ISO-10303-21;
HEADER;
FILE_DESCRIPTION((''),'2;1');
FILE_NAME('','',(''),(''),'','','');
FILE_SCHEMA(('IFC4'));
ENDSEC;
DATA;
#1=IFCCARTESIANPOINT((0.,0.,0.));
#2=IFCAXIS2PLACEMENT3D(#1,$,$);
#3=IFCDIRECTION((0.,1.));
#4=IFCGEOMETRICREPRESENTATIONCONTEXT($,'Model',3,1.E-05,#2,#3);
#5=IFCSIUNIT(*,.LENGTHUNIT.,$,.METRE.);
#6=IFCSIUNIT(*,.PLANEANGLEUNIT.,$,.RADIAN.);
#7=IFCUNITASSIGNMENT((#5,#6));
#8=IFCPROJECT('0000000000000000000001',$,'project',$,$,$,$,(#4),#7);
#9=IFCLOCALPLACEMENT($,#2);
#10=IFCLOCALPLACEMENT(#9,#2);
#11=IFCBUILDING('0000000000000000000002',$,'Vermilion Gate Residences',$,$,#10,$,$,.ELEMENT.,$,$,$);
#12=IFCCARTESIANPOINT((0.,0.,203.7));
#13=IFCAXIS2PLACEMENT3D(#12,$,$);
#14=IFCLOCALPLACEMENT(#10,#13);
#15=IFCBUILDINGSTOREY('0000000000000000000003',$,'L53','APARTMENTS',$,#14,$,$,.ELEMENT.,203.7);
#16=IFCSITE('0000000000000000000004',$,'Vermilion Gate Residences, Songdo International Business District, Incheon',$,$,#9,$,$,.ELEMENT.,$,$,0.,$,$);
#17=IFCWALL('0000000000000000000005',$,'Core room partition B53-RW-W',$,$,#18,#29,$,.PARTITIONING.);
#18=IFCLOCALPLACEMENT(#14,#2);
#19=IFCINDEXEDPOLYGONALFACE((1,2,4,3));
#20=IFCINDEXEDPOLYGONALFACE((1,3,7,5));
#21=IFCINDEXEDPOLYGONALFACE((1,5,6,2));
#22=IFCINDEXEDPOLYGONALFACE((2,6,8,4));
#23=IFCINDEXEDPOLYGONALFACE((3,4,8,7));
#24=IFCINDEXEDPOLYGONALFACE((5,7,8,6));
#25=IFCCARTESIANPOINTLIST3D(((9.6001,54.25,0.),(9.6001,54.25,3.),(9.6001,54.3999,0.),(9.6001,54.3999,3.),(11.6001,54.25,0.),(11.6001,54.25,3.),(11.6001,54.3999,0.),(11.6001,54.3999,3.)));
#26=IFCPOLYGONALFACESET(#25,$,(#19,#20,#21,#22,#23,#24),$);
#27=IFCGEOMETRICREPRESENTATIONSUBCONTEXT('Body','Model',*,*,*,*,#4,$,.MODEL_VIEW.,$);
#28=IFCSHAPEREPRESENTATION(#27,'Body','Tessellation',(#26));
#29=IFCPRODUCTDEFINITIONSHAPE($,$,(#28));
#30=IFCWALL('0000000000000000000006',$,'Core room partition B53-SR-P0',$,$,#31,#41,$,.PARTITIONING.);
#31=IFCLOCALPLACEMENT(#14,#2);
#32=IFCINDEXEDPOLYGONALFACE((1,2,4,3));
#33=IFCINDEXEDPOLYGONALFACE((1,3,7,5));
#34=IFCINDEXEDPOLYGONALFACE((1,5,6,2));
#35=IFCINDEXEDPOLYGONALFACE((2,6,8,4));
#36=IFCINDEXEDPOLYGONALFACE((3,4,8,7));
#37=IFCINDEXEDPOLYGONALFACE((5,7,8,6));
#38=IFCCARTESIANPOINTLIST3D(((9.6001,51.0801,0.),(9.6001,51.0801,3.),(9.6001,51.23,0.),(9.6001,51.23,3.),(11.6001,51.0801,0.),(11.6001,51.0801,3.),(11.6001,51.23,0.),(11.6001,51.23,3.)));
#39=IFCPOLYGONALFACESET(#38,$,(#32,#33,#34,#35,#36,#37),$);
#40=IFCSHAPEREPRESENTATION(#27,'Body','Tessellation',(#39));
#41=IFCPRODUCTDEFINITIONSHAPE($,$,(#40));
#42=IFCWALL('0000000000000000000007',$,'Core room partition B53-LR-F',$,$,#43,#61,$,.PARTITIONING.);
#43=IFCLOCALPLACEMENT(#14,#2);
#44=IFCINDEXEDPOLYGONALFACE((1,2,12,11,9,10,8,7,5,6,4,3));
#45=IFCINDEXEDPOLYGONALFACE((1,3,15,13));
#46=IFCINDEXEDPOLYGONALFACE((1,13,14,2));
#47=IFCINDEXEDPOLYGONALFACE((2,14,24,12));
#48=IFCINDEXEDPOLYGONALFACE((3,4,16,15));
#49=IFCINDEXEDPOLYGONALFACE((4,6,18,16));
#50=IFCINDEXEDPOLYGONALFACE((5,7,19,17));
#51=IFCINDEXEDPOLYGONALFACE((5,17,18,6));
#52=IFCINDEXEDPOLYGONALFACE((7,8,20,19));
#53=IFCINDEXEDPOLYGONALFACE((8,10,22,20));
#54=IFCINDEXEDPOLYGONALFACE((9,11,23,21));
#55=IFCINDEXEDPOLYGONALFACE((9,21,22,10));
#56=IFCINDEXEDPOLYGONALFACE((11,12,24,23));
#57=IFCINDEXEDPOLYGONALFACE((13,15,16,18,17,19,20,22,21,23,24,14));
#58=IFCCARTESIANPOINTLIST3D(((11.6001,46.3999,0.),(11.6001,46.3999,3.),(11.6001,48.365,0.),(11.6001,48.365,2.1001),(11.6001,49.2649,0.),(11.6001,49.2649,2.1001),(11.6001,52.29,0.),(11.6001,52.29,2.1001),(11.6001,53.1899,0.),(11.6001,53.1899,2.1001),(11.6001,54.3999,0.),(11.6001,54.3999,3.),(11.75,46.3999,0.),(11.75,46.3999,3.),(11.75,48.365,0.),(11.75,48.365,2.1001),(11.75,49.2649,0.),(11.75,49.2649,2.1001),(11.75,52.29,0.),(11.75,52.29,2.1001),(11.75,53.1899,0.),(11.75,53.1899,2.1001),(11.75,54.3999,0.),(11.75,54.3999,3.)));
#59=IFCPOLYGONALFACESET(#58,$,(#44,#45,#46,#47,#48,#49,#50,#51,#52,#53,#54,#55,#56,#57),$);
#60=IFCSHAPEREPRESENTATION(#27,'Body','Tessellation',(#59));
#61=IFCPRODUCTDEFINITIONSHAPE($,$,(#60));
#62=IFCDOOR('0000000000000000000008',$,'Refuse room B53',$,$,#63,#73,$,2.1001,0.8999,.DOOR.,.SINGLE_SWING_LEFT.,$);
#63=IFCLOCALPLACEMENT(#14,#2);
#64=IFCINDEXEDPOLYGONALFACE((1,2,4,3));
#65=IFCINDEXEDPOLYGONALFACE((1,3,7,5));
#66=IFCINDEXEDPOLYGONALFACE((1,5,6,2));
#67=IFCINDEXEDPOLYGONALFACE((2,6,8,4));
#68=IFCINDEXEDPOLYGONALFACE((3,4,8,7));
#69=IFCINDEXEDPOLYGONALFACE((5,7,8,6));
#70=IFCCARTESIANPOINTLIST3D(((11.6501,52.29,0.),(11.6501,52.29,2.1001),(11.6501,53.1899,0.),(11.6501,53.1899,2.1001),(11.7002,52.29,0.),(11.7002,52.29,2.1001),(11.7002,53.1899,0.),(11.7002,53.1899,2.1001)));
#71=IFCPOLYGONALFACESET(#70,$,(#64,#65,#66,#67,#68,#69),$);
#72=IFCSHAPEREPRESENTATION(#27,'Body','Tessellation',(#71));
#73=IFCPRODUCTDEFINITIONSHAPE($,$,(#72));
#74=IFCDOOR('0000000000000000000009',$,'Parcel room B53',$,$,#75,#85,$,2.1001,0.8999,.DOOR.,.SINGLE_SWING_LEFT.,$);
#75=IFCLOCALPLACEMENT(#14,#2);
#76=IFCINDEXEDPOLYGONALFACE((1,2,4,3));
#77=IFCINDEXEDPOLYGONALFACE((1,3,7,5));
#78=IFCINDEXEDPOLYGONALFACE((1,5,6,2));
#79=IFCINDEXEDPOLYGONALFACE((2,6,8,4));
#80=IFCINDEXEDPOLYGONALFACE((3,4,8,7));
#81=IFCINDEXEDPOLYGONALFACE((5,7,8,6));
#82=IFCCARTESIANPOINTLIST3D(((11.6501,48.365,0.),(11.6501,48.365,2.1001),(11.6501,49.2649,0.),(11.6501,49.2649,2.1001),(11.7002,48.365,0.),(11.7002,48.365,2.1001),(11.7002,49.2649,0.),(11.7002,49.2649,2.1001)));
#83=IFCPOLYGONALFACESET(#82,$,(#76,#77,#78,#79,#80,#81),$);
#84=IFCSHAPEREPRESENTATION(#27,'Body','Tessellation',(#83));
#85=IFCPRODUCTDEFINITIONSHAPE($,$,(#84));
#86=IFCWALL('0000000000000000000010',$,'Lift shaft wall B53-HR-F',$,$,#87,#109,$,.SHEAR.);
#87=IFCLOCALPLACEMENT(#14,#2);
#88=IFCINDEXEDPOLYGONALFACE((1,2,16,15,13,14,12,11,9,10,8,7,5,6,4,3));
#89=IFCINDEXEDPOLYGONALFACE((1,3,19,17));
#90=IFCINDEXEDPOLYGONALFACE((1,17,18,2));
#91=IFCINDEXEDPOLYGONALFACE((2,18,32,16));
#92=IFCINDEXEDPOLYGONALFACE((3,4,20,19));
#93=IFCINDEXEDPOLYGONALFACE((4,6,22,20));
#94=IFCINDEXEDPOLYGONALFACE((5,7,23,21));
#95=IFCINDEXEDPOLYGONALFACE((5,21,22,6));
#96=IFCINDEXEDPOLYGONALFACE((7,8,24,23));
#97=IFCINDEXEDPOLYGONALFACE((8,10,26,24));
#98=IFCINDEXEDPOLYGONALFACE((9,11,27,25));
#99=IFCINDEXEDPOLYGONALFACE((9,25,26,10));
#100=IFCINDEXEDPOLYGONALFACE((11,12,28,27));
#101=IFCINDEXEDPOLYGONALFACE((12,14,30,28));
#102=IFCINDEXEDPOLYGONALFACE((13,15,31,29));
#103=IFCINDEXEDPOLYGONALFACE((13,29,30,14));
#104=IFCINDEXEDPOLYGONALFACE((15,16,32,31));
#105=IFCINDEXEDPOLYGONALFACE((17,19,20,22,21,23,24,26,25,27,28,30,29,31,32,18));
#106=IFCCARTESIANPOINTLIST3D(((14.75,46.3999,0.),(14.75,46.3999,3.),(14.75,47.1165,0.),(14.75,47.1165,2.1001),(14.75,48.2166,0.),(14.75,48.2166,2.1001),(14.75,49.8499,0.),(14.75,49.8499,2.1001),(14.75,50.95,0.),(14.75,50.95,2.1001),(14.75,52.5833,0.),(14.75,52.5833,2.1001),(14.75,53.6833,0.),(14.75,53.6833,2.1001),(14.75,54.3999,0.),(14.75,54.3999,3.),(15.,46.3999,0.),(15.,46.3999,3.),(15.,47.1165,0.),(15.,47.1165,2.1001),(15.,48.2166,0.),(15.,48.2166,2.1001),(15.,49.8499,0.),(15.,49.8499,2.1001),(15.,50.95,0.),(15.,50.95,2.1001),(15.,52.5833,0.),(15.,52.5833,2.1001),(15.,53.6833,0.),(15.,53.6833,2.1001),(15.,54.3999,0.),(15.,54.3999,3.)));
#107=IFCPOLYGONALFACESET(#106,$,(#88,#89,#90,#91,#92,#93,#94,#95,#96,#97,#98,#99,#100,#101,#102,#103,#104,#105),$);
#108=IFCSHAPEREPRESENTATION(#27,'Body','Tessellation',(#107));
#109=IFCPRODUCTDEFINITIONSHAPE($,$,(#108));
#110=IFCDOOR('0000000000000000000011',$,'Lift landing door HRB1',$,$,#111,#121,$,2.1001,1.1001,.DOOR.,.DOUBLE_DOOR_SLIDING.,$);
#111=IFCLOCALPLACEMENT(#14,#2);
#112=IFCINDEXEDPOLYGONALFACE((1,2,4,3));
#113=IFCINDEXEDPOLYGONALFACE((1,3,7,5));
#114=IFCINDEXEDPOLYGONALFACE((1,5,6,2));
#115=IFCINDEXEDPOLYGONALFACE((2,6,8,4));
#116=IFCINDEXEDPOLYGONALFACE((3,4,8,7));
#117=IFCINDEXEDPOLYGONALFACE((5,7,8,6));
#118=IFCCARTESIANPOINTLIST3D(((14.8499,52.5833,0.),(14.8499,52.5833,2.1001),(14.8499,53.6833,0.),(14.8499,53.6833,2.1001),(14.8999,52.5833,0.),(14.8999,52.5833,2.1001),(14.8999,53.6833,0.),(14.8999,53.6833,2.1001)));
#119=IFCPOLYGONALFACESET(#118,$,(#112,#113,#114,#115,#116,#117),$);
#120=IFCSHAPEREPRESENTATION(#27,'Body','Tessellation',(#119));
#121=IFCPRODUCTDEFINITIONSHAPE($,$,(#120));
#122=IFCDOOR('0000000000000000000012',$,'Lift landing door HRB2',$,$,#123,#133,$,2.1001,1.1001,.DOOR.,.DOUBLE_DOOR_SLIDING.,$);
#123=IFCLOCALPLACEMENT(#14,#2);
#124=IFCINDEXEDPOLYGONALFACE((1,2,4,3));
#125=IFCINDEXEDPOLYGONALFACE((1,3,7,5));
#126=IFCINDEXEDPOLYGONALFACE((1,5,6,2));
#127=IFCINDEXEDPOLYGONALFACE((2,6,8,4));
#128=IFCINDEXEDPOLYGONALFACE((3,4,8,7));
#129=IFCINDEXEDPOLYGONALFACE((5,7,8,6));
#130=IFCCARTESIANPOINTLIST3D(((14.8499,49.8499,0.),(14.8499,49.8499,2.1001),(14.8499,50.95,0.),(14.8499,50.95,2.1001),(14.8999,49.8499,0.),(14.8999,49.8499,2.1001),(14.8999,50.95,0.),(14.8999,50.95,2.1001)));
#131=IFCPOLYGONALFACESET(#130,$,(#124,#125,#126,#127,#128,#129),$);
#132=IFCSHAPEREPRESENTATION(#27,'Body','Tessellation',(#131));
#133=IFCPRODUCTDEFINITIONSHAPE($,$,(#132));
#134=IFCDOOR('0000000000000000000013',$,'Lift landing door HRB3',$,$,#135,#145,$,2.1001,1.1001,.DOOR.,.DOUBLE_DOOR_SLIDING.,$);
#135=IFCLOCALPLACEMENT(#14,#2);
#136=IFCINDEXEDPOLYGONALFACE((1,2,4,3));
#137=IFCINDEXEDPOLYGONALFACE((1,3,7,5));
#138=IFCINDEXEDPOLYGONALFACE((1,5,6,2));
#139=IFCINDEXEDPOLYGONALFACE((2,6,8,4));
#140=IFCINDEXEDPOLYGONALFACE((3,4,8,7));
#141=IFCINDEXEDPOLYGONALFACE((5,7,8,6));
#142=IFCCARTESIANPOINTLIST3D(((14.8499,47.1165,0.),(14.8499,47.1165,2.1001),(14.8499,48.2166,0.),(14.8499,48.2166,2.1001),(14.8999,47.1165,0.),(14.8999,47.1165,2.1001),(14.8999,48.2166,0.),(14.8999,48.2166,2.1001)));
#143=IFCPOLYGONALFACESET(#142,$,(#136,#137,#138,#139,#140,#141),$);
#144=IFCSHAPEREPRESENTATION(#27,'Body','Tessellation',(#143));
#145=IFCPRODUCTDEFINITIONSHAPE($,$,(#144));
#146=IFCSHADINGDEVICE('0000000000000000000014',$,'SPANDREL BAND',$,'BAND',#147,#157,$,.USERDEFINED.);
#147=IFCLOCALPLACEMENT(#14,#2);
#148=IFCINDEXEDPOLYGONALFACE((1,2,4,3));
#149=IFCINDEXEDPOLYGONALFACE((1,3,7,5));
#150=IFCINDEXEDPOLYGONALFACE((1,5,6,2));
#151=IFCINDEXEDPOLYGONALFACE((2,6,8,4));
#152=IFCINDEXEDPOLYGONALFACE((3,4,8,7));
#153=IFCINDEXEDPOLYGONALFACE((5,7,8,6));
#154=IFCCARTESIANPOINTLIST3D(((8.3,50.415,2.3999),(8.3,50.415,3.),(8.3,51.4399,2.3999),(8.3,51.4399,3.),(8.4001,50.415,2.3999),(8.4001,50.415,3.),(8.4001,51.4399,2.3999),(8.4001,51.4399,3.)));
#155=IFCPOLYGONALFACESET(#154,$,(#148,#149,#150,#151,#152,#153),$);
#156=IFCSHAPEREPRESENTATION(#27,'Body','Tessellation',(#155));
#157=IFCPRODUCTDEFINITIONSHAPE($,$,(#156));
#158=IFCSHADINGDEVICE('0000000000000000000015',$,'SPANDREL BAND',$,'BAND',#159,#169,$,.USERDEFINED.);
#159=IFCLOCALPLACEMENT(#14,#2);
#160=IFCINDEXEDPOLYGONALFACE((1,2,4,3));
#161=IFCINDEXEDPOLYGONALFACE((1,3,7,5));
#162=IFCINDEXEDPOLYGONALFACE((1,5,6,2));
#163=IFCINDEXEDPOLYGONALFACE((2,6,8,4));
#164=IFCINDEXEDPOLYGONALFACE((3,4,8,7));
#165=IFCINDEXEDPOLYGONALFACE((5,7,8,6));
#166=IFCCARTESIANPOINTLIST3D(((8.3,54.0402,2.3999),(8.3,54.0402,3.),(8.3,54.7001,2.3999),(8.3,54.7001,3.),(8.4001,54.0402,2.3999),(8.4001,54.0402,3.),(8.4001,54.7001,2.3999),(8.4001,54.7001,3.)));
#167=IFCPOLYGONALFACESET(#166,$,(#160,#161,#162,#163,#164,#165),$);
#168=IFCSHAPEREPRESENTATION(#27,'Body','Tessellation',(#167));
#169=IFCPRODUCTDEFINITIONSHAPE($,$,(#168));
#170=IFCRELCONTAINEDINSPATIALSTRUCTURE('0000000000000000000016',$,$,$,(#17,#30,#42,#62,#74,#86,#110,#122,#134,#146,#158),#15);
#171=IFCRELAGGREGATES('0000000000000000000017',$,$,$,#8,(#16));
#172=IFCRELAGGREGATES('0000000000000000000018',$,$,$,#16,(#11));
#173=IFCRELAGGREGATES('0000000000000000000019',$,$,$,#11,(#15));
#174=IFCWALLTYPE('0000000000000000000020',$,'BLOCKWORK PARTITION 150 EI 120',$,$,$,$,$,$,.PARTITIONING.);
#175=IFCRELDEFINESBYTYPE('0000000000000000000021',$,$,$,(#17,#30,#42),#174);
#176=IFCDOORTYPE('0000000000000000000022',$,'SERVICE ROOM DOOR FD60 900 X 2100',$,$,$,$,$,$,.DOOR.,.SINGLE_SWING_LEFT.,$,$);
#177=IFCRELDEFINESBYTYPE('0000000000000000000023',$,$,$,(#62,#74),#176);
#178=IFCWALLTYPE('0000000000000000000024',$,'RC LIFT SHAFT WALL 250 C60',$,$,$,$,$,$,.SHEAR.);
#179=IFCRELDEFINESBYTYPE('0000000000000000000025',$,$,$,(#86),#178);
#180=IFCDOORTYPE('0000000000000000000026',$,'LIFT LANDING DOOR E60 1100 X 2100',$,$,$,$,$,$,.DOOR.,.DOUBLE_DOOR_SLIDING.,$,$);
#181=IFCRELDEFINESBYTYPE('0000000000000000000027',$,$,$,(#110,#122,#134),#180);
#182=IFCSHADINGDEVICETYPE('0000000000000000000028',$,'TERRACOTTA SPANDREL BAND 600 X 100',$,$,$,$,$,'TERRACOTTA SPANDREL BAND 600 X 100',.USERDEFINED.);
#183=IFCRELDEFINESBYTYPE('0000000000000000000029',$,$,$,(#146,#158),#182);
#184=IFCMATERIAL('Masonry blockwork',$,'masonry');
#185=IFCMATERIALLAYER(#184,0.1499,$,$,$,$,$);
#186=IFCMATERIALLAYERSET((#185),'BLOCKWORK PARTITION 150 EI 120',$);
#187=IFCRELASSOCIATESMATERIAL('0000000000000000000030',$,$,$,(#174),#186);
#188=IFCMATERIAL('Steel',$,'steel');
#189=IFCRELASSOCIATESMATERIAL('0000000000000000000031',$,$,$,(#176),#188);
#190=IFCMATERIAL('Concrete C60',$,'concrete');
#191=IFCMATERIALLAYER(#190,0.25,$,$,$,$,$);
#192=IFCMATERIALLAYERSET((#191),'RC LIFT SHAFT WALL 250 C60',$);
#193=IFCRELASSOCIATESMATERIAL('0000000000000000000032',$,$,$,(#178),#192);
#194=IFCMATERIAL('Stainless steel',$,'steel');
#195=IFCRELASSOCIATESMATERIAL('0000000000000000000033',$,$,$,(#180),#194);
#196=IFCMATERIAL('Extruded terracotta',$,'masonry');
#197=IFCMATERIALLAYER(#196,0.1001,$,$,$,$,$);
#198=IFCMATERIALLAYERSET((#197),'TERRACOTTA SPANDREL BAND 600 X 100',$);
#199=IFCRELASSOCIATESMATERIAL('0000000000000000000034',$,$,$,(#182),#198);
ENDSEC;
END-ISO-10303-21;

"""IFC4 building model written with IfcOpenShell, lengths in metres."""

from ifc_helpers import new_model, si_unit, direction, frame, frame_2d, origin, origin_2d, place, context, subcontext, project, spatial, rectangle, extrude, material, layer, layer_set, type_object, element, fill, save


model = new_model("IFC4")

# Units and contexts
model_context = context("Model", 3, precision=1e-05, world=origin(), true_north=direction((0.0, 1.0)))
body_context = subcontext(model_context, "Body", "Model", "MODEL_VIEW")
ifc_project = project(units=[si_unit("LENGTHUNIT", "METRE"), si_unit("PLANEANGLEUNIT", "RADIAN")], contexts=[model_context])

# Site, building, storey
site_placement = place(None, origin())
site = spatial("IfcSite", under=ifc_project, at=site_placement, Name="Vermilion Gate Residences, Songdo International Business District, Incheon", CompositionType="ELEMENT", RefElevation=0.0)
building_placement = place(site_placement, origin())
building = spatial("IfcBuilding", under=site, at=building_placement, Name="Vermilion Gate Residences", CompositionType="ELEMENT")
storey_placement = place(building_placement, frame((0.0, 0.0, 203.7)))
storey = spatial("IfcBuildingStorey", under=building, at=storey_placement, Name="L53", Description="APARTMENTS", CompositionType="ELEMENT", Elevation=203.7)

# Walls
ifc_material_1 = material(Name="Masonry blockwork", Category="masonry")
ifc_layer_1 = layer(ifc_material_1, 0.1499)
ifc_layer_set_1 = layer_set([ifc_layer_1], Name="BLOCKWORK PARTITION 150 EI 120")
wall_type_1 = type_object("IfcWallType", Name="BLOCKWORK PARTITION 150 EI 120", PredefinedType="PARTITIONING", material=ifc_layer_set_1)
for number, where, z_axis, x_axis, name in (
    (1, (9.6001, 54.325, 0.0), (0.0, 0.0, 1.0), (1.0, 0.0, 0.0), "Core room partition B53-RW-W"),
    (2, (9.6001, 51.155, 0.0), (0.0, 0.0, 1.0), (1.0, 0.0, 0.0), "Core room partition B53-SR-P0"),
):
    element("IfcWall", number, at=place(storey_placement, frame(where, z_axis=z_axis, x_axis=x_axis)), inside=storey, type_object=wall_type_1, Name=name, PredefinedType="PARTITIONING", context=body_context, shape_type="SweptSolid", body=[
        extrude(rectangle(XDim=2.0, YDim=0.1499, at=frame_2d((1.0, 0.0))), origin(), (0.0, 0.0, 1.0), 3.0),
    ])

# Walls, openings, doors
wall_1_placement = place(storey_placement, frame((11.675, 54.3999, 0.0), z_axis=(0.0, 0.0, 1.0), x_axis=(0.0, -1.0, 0.0)))
wall_1 = element("IfcWall", 3, at=wall_1_placement, inside=storey, type_object=wall_type_1, Name="Core room partition B53-LR-F", PredefinedType="PARTITIONING", context=body_context, shape_type="SweptSolid", body=[
    extrude(rectangle(XDim=8.0, YDim=0.1499, at=frame_2d((4.0, 0.0))), origin(), (0.0, 0.0, 1.0), 3.0),
])
opening_1_placement = place(wall_1_placement, frame((1.21, 0.0, 0.0)))
opening_1 = element("IfcOpeningElement", 4, at=opening_1_placement, cuts=wall_1, PredefinedType="OPENING", context=body_context, shape_type="SweptSolid", body=[
    extrude(rectangle(XDim=0.8999, YDim=2.1001, at=frame_2d((0.45, 1.05))), frame((0.0, 0.085, 0.0), z_axis=(0.0, -1.0, 0.0), x_axis=(1.0, 0.0, 0.0)), (0.0, 0.0, 1.0), 0.1699),
])
opening_2_placement = place(wall_1_placement, frame((5.135, 0.0, 0.0)))
opening_2 = element("IfcOpeningElement", 5, at=opening_2_placement, cuts=wall_1, PredefinedType="OPENING", context=body_context, shape_type="SweptSolid", body=[
    extrude(rectangle(XDim=0.8999, YDim=2.1001, at=frame_2d((0.45, 1.05))), frame((0.0, 0.085, 0.0), z_axis=(0.0, -1.0, 0.0), x_axis=(1.0, 0.0, 0.0)), (0.0, 0.0, 1.0), 0.1699),
])
ifc_material_2 = material(Name="Steel", Category="steel")
door_type_1 = type_object("IfcDoorType", Name="SERVICE ROOM DOOR FD60 900 X 2100", OperationType="SINGLE_SWING_LEFT", PredefinedType="DOOR", material=ifc_material_2)
door_1_placement = place(opening_1_placement, frame((0.8999, 0.0, 0.0), z_axis=(0.0, 0.0, 1.0), x_axis=(-1.0, 0.0, 0.0)))
door_1 = element("IfcDoor", 6, at=door_1_placement, inside=storey, type_object=door_type_1, Name="Refuse room B53", OperationType="SINGLE_SWING_LEFT", OverallHeight=2.1001, OverallWidth=0.8999, PredefinedType="DOOR", context=body_context, shape_type="SweptSolid", body=[
    extrude(rectangle(XDim=0.8999, YDim=2.1001, at=frame_2d((0.45, 1.05))), frame((0.0, 0.0249, 0.0), z_axis=(0.0, -1.0, 0.0), x_axis=(1.0, 0.0, 0.0)), (0.0, 0.0, 1.0), 0.05),
])
fill(opening_1, door_1)
door_2_placement = place(opening_2_placement, frame((0.8999, 0.0, 0.0), z_axis=(0.0, 0.0, 1.0), x_axis=(-1.0, 0.0, 0.0)))
door_2 = element("IfcDoor", 7, at=door_2_placement, inside=storey, type_object=door_type_1, Name="Parcel room B53", OperationType="SINGLE_SWING_LEFT", OverallHeight=2.1001, OverallWidth=0.8999, PredefinedType="DOOR", context=body_context, shape_type="SweptSolid", body=[
    extrude(rectangle(XDim=0.8999, YDim=2.1001, at=frame_2d((0.45, 1.05))), frame((0.0, 0.0249, 0.0), z_axis=(0.0, -1.0, 0.0), x_axis=(1.0, 0.0, 0.0)), (0.0, 0.0, 1.0), 0.05),
])
fill(opening_2, door_2)
ifc_material_3 = material(Name="Concrete C60", Category="concrete")
ifc_layer_2 = layer(ifc_material_3, 0.25)
ifc_layer_set_2 = layer_set([ifc_layer_2], Name="RC LIFT SHAFT WALL 250 C60")
wall_type_2 = type_object("IfcWallType", Name="RC LIFT SHAFT WALL 250 C60", PredefinedType="SHEAR", material=ifc_layer_set_2)
wall_2_placement = place(storey_placement, frame((14.875, 54.3999, 0.0), z_axis=(0.0, 0.0, 1.0), x_axis=(0.0, -1.0, 0.0)))
wall_2 = element("IfcWall", 8, at=wall_2_placement, inside=storey, type_object=wall_type_2, Name="Lift shaft wall B53-HR-F", PredefinedType="SHEAR", context=body_context, shape_type="SweptSolid", body=[
    extrude(rectangle(XDim=8.0, YDim=0.25, at=frame_2d((4.0, 0.0))), origin(), (0.0, 0.0, 1.0), 3.0),
])
opening_3_placement = place(wall_2_placement, frame((0.7166, 0.0, 0.0)))
opening_3 = element("IfcOpeningElement", 9, at=opening_3_placement, cuts=wall_2, PredefinedType="OPENING", context=body_context, shape_type="SweptSolid", body=[
    extrude(rectangle(XDim=1.1001, YDim=2.1001, at=frame_2d((0.55, 1.05))), frame((0.0, 0.135, 0.0), z_axis=(0.0, -1.0, 0.0), x_axis=(1.0, 0.0, 0.0)), (0.0, 0.0, 1.0), 0.27),
])
opening_4_placement = place(wall_2_placement, frame((3.45, 0.0, 0.0)))
opening_4 = element("IfcOpeningElement", 10, at=opening_4_placement, cuts=wall_2, PredefinedType="OPENING", context=body_context, shape_type="SweptSolid", body=[
    extrude(rectangle(XDim=1.1001, YDim=2.1001, at=frame_2d((0.55, 1.05))), frame((0.0, 0.135, 0.0), z_axis=(0.0, -1.0, 0.0), x_axis=(1.0, 0.0, 0.0)), (0.0, 0.0, 1.0), 0.27),
])
opening_5_placement = place(wall_2_placement, frame((6.1833, 0.0, 0.0)))
opening_5 = element("IfcOpeningElement", 11, at=opening_5_placement, cuts=wall_2, PredefinedType="OPENING", context=body_context, shape_type="SweptSolid", body=[
    extrude(rectangle(XDim=1.1001, YDim=2.1001, at=frame_2d((0.55, 1.05))), frame((0.0, 0.135, 0.0), z_axis=(0.0, -1.0, 0.0), x_axis=(1.0, 0.0, 0.0)), (0.0, 0.0, 1.0), 0.27),
])
ifc_material_4 = material(Name="Stainless steel", Category="steel")
door_type_2 = type_object("IfcDoorType", Name="LIFT LANDING DOOR E60 1100 X 2100", OperationType="DOUBLE_DOOR_SLIDING", PredefinedType="DOOR", material=ifc_material_4)
door_3_placement = place(opening_3_placement, origin())
door_3 = element("IfcDoor", 12, at=door_3_placement, inside=storey, type_object=door_type_2, Name="Lift landing door HRB1", OperationType="DOUBLE_DOOR_SLIDING", OverallHeight=2.1001, OverallWidth=1.1001, PredefinedType="DOOR", context=body_context, shape_type="SweptSolid", body=[
    extrude(rectangle(XDim=1.1001, YDim=2.1001, at=frame_2d((0.55, 1.05))), frame((0.0, 0.0249, 0.0), z_axis=(0.0, -1.0, 0.0), x_axis=(1.0, 0.0, 0.0)), (0.0, 0.0, 1.0), 0.05),
])
fill(opening_3, door_3)
door_4_placement = place(opening_4_placement, origin())
door_4 = element("IfcDoor", 13, at=door_4_placement, inside=storey, type_object=door_type_2, Name="Lift landing door HRB2", OperationType="DOUBLE_DOOR_SLIDING", OverallHeight=2.1001, OverallWidth=1.1001, PredefinedType="DOOR", context=body_context, shape_type="SweptSolid", body=[
    extrude(rectangle(XDim=1.1001, YDim=2.1001, at=frame_2d((0.55, 1.05))), frame((0.0, 0.0249, 0.0), z_axis=(0.0, -1.0, 0.0), x_axis=(1.0, 0.0, 0.0)), (0.0, 0.0, 1.0), 0.05),
])
fill(opening_4, door_4)
door_5_placement = place(opening_5_placement, origin())
door_5 = element("IfcDoor", 14, at=door_5_placement, inside=storey, type_object=door_type_2, Name="Lift landing door HRB3", OperationType="DOUBLE_DOOR_SLIDING", OverallHeight=2.1001, OverallWidth=1.1001, PredefinedType="DOOR", context=body_context, shape_type="SweptSolid", body=[
    extrude(rectangle(XDim=1.1001, YDim=2.1001, at=frame_2d((0.55, 1.05))), frame((0.0, 0.0249, 0.0), z_axis=(0.0, -1.0, 0.0), x_axis=(1.0, 0.0, 0.0)), (0.0, 0.0, 1.0), 0.05),
])
fill(opening_5, door_5)

# Shading devices
ifc_material_5 = material(Name="Extruded terracotta", Category="masonry")
ifc_layer_3 = layer(ifc_material_5, 0.1001)
ifc_layer_set_3 = layer_set([ifc_layer_3], Name="TERRACOTTA SPANDREL BAND 600 X 100")
shading_device_type = type_object("IfcShadingDeviceType", Name="TERRACOTTA SPANDREL BAND 600 X 100", ElementType="TERRACOTTA SPANDREL BAND 600 X 100", PredefinedType="USERDEFINED", material=ifc_layer_set_3)
shading_device_1_placement = place(storey_placement, frame((8.3501, 50.9275, 2.3999), z_axis=(0.0, 0.0, 1.0), x_axis=(0.0, 1.0, 0.0)))
element("IfcShadingDevice", 15, at=shading_device_1_placement, inside=storey, type_object=shading_device_type, Name="SPANDREL BAND", ObjectType="BAND", PredefinedType="USERDEFINED", context=body_context, shape_type="SweptSolid", body=[
    extrude(rectangle(XDim=1.0249, YDim=0.1001, at=origin_2d()), origin(), (0.0, 0.0, 1.0), 0.6001),
])
shading_device_2_placement = place(storey_placement, frame((8.3501, 54.3701, 2.3999), z_axis=(0.0, 0.0, 1.0), x_axis=(0.0, 1.0, 0.0)))
element("IfcShadingDevice", 16, at=shading_device_2_placement, inside=storey, type_object=shading_device_type, Name="SPANDREL BAND", ObjectType="BAND", PredefinedType="USERDEFINED", context=body_context, shape_type="SweptSolid", body=[
    extrude(rectangle(XDim=0.6599, YDim=0.1001, at=origin_2d()), origin(), (0.0, 0.0, 1.0), 0.6001),
])

save(model, "model.ifc")
